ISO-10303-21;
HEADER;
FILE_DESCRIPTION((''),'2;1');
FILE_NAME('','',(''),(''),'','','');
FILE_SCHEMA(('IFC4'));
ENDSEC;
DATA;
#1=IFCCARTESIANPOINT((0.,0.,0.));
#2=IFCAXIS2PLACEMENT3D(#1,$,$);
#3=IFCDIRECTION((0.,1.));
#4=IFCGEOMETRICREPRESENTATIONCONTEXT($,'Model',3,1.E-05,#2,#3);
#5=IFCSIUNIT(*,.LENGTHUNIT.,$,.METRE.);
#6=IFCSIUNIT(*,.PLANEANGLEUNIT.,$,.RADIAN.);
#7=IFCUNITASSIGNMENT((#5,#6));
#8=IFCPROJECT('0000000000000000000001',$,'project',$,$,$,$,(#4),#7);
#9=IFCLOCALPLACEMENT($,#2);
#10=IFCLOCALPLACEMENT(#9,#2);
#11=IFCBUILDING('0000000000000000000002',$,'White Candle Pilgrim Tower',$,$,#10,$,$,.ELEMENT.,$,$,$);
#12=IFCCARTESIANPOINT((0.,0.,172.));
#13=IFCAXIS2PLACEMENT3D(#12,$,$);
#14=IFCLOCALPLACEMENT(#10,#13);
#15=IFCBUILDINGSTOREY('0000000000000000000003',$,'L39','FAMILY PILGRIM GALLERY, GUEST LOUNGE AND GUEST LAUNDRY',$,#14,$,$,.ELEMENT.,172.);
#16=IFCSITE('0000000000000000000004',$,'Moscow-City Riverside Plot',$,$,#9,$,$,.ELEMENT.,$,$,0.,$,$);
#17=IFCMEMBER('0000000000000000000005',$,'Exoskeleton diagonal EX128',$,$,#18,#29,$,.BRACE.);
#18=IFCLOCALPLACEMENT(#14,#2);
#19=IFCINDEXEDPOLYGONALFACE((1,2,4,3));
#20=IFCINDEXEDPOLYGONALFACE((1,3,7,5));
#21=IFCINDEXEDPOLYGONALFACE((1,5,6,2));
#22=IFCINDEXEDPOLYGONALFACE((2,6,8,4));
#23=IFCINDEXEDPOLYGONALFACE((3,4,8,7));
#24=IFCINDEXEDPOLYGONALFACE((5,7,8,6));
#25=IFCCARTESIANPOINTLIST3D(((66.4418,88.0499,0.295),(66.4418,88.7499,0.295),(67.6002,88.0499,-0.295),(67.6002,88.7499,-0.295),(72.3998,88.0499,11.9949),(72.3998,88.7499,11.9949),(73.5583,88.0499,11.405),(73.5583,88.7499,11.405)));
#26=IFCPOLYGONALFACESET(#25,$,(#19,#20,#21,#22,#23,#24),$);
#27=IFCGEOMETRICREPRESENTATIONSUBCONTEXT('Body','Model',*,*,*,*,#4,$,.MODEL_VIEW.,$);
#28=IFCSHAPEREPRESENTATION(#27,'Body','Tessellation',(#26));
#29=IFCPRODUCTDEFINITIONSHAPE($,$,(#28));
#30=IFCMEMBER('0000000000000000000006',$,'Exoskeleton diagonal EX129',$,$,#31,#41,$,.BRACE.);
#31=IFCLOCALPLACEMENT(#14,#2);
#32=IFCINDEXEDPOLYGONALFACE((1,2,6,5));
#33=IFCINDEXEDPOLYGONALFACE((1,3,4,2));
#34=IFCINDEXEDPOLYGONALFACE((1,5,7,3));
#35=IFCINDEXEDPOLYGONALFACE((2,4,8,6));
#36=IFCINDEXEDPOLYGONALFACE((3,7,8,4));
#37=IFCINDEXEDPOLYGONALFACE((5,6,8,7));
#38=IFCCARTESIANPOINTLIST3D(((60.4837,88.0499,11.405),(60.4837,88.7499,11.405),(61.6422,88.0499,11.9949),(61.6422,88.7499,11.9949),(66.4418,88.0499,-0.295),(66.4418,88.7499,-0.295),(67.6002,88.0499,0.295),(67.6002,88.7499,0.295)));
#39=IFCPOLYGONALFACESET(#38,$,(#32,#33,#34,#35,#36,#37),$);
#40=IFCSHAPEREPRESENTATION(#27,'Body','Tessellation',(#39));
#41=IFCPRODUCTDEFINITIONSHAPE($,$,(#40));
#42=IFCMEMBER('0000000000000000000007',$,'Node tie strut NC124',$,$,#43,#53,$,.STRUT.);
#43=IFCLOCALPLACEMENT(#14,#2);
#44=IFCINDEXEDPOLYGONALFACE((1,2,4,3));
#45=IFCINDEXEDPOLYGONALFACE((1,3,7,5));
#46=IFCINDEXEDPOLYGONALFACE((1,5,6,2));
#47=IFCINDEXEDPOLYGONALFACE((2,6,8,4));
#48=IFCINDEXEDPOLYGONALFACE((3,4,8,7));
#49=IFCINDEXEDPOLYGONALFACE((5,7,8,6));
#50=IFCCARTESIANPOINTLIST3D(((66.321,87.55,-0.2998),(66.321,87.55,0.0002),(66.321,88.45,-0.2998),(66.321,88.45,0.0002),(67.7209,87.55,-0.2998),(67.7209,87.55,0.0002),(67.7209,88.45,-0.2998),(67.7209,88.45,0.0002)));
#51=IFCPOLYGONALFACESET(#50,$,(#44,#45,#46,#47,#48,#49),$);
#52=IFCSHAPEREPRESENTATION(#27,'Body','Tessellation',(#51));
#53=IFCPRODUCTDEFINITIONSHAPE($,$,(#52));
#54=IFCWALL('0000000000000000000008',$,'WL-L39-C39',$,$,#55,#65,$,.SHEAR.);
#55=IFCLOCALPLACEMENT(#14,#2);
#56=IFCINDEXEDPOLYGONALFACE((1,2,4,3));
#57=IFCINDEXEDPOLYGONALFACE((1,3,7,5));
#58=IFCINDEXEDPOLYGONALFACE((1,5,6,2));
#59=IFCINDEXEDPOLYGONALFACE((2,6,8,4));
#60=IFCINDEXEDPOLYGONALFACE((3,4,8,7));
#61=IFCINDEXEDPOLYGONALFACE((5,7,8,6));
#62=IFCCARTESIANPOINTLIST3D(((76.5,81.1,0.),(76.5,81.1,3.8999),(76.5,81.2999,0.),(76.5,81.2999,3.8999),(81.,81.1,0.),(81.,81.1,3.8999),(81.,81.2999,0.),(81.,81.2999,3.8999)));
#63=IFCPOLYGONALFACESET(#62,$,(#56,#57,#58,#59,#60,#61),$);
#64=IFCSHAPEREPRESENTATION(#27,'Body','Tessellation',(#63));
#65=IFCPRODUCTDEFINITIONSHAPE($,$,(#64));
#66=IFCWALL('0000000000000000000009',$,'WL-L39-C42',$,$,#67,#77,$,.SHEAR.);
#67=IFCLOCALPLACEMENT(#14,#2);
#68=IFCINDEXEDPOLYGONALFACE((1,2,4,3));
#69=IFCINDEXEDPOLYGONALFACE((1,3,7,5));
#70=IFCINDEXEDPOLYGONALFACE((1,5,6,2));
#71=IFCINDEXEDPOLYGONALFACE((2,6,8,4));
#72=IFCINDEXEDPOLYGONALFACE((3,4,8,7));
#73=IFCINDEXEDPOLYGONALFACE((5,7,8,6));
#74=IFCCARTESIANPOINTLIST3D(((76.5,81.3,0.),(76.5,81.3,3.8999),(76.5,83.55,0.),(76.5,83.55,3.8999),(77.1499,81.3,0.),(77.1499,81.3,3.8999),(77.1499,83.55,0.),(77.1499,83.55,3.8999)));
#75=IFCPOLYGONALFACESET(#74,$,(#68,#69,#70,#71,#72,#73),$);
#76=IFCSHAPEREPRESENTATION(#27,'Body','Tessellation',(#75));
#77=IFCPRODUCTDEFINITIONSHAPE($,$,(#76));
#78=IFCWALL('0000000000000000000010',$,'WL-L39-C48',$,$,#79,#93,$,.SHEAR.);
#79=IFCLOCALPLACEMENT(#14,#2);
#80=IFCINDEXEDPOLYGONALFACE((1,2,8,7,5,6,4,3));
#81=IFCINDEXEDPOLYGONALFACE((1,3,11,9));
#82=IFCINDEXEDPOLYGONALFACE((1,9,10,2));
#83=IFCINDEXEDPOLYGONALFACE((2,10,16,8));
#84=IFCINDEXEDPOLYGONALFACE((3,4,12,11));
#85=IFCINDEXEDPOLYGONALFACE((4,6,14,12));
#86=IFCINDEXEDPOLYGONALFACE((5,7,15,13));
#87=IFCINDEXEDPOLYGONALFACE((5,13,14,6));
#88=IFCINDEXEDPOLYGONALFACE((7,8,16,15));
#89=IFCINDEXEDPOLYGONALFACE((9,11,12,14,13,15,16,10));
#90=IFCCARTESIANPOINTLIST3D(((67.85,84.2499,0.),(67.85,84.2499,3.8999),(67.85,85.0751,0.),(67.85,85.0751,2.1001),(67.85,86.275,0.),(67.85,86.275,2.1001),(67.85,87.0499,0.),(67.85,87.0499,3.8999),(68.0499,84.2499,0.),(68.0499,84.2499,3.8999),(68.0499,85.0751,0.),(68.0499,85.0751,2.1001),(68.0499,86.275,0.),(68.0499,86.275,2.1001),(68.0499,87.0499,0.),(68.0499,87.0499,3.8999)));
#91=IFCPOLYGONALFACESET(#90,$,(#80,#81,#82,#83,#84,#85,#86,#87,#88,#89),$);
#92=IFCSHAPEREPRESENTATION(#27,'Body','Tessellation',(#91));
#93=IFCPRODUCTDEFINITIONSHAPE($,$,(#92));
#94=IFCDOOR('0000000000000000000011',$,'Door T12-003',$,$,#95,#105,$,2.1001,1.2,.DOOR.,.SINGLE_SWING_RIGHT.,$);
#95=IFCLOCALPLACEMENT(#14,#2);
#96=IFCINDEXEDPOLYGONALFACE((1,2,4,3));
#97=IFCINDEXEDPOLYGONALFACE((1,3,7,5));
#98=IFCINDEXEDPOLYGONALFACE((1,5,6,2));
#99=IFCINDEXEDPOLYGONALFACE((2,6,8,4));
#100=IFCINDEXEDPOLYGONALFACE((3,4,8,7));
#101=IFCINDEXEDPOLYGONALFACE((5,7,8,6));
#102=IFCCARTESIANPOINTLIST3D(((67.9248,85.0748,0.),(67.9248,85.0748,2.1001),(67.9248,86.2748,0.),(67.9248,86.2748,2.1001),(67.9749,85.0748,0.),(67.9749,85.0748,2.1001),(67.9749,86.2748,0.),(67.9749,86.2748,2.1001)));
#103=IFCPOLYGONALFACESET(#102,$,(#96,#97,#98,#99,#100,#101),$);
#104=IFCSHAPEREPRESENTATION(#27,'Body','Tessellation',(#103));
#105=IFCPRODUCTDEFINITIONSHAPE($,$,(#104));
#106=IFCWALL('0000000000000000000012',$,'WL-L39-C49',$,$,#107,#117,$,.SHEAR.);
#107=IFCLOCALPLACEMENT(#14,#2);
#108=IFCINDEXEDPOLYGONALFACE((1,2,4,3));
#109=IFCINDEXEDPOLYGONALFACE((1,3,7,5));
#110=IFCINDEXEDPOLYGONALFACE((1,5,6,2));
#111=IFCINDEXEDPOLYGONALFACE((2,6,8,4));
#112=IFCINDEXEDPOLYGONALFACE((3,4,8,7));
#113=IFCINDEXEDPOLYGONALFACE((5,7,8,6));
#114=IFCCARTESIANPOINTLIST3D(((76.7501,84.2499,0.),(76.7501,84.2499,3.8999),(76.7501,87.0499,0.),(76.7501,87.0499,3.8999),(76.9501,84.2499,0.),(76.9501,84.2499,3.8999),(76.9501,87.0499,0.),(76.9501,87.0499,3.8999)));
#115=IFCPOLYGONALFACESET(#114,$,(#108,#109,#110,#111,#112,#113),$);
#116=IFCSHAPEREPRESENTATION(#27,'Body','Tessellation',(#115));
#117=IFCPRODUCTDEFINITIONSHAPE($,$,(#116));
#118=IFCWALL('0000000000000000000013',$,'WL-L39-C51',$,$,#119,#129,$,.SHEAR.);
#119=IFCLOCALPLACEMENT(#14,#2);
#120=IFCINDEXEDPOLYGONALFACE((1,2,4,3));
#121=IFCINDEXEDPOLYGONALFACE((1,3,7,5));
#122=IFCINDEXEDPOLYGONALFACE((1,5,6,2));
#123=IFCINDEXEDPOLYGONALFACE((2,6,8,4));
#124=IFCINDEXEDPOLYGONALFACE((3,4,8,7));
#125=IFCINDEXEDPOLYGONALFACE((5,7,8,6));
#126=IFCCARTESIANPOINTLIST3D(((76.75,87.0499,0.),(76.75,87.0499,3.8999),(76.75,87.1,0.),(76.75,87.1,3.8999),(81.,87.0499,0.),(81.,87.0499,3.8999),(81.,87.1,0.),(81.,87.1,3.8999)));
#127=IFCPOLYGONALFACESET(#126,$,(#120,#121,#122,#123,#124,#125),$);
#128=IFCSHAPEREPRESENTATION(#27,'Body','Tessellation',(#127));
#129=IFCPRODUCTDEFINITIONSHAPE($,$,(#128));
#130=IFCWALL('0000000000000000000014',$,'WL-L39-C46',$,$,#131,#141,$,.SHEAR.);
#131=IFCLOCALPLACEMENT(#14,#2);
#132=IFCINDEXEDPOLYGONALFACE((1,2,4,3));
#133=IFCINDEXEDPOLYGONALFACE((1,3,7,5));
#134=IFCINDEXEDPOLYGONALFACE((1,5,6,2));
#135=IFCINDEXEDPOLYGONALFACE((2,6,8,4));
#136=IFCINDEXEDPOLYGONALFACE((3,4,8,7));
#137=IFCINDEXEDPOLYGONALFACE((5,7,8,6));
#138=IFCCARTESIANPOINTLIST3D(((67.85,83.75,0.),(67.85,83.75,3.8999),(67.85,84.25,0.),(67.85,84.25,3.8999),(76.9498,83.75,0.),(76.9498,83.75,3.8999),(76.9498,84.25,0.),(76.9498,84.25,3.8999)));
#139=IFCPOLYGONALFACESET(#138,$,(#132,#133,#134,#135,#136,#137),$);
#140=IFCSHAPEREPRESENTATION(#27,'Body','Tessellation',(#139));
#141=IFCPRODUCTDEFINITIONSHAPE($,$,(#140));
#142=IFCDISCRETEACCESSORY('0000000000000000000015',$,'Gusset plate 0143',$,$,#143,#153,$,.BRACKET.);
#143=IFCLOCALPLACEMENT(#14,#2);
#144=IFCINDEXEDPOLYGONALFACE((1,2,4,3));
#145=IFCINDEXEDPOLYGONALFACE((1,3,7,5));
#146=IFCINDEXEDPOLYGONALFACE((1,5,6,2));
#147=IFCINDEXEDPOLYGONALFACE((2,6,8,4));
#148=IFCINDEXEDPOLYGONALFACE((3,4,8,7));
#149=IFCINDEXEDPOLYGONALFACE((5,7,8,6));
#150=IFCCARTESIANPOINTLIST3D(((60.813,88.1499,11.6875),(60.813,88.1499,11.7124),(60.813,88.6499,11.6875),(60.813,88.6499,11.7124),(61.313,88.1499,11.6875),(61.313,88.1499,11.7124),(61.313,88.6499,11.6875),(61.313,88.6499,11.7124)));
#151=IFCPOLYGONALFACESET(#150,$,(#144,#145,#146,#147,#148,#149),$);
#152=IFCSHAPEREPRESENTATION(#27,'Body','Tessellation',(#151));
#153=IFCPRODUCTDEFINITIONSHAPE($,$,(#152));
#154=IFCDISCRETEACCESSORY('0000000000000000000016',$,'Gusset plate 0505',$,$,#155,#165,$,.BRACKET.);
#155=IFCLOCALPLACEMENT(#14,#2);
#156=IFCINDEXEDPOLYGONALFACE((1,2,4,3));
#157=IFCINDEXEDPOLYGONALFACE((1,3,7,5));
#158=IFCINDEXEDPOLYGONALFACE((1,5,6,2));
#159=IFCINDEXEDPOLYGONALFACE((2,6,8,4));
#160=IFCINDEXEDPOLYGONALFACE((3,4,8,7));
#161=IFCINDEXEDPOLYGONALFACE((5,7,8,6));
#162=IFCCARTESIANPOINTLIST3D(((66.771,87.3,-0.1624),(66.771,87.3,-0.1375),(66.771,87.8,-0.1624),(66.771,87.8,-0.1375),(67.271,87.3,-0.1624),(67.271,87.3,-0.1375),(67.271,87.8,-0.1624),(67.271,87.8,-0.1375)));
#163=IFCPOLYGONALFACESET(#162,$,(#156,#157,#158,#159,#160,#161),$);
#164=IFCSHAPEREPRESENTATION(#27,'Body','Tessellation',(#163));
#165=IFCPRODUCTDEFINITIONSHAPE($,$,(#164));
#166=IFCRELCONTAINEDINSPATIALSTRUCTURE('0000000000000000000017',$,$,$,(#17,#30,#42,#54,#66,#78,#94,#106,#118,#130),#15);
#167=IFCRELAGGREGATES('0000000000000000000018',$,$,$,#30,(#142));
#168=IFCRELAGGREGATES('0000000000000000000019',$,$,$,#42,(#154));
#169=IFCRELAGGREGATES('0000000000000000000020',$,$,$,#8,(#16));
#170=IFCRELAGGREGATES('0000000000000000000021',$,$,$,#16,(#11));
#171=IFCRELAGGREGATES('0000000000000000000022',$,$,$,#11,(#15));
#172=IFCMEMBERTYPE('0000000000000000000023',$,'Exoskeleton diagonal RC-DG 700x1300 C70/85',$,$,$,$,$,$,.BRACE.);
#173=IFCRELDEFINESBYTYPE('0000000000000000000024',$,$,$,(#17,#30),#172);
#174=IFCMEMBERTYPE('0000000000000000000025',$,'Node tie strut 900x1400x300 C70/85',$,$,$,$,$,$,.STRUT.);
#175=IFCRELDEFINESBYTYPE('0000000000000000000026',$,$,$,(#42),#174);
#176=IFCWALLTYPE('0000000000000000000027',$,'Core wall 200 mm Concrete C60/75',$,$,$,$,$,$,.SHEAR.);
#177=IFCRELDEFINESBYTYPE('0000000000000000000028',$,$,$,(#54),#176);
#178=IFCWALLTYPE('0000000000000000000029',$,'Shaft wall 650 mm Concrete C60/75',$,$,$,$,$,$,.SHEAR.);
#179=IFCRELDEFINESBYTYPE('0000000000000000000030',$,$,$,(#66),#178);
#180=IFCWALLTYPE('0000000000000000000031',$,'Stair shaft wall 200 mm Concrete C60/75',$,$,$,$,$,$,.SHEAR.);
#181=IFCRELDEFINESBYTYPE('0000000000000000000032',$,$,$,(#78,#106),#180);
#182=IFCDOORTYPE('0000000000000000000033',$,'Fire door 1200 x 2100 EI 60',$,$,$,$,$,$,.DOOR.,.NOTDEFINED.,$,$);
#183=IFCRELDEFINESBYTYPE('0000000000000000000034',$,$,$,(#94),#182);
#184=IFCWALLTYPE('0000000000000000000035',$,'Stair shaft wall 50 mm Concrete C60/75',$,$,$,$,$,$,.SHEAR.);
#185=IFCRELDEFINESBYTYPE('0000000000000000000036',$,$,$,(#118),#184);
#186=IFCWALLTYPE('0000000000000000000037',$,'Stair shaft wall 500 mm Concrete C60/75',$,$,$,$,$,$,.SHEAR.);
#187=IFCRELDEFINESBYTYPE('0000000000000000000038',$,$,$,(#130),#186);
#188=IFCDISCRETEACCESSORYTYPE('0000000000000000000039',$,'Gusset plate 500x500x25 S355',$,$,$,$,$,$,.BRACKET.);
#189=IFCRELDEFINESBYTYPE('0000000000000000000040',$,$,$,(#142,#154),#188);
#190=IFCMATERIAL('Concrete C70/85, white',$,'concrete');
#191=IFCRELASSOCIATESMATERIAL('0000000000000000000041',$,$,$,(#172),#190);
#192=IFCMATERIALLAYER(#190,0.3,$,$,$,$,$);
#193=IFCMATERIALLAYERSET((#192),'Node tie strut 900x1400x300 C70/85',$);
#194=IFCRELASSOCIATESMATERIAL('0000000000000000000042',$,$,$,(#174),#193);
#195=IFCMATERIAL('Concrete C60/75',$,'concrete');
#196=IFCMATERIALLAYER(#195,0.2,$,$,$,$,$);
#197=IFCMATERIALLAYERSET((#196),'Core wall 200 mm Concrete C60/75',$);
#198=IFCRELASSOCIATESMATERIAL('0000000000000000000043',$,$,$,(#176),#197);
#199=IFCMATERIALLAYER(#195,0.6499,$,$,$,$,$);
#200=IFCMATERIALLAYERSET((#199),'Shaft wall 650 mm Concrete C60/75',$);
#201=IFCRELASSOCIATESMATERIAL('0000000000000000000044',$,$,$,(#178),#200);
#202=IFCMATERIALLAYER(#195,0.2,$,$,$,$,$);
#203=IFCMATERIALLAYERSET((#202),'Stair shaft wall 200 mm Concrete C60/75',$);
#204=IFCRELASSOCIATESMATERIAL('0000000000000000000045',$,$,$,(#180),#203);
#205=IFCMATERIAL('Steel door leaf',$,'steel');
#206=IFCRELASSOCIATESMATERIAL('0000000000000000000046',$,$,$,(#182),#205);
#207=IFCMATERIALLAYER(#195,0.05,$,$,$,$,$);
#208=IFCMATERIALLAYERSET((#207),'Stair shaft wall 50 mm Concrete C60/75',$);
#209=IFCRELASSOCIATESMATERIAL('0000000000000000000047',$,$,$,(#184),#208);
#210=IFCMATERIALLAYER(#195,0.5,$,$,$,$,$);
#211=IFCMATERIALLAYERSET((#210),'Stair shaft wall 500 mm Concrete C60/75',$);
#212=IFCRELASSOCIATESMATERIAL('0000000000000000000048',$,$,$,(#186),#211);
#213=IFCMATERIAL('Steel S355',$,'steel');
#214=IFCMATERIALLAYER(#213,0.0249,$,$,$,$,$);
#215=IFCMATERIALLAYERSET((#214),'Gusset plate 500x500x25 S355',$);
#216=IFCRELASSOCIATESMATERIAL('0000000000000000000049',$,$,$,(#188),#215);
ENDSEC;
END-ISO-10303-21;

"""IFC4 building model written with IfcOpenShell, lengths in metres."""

from ifc_helpers import new_model, si_unit, direction, frame, frame_2d, origin, origin_2d, place, context, subcontext, project, spatial, rectangle, extrude, material, layer, layer_set, material_profile, profile_set, type_object, element, fill, aggregate, save


model = new_model("IFC4")

# Units and contexts
model_context = context("Model", 3, precision=1e-05, world=origin(), true_north=direction((0.0, 1.0)))
body_context = subcontext(model_context, "Body", "Model", "MODEL_VIEW")
ifc_project = project(units=[si_unit("LENGTHUNIT", "METRE"), si_unit("PLANEANGLEUNIT", "RADIAN")], contexts=[model_context])

# Site, building, storey
site_placement = place(None, origin())
site = spatial("IfcSite", under=ifc_project, at=site_placement, Name="Moscow-City Riverside Plot", CompositionType="ELEMENT", RefElevation=0.0)
building_placement = place(site_placement, origin())
building = spatial("IfcBuilding", under=site, at=building_placement, Name="White Candle Pilgrim Tower", CompositionType="ELEMENT")
storey_placement = place(building_placement, frame((0.0, 0.0, 172.0)))
storey = spatial("IfcBuildingStorey", under=building, at=storey_placement, Name="L39", Description="FAMILY PILGRIM GALLERY, GUEST LOUNGE AND GUEST LAUNDRY", CompositionType="ELEMENT", Elevation=172.0)

# Members
ifc_material_1 = material(Name="Concrete C70/85, white", Category="concrete")
ifc_material_profile = material_profile(ifc_material_1, rectangle(XDim=0.7, YDim=1.3, at=origin_2d()), Name="RC-DG 700x1300")
ifc_profile_set = profile_set([ifc_material_profile], Name="Concrete C70/85, white")
member_type_1 = type_object("IfcMemberType", Name="Exoskeleton diagonal RC-DG 700x1300 C70/85", PredefinedType="BRACE", material=ifc_profile_set)
member_1_placement = place(storey_placement, frame((67.021, 88.3999, 0.0), z_axis=(0.453784, 0.0, 0.891112), x_axis=(0.0, 1.0, 0.0)))
element("IfcMember", 1, at=member_1_placement, inside=storey, type_object=member_type_1, Name="Exoskeleton diagonal EX128", PredefinedType="BRACE", context=body_context, shape_type="SweptSolid", body=[
    extrude(rectangle(XDim=0.7, YDim=1.3, at=origin_2d()), origin(), (0.0, 0.0, 1.0), 13.1296),
])
member_2_placement = place(storey_placement, frame((67.021, 88.3999, 0.0), z_axis=(-0.453784, 0.0, 0.891112), x_axis=(0.0, -1.0, 0.0)))
member_2 = element("IfcMember", 2, at=member_2_placement, inside=storey, type_object=member_type_1, Name="Exoskeleton diagonal EX129", PredefinedType="BRACE", context=body_context, shape_type="SweptSolid", body=[
    extrude(rectangle(XDim=0.7, YDim=1.3, at=origin_2d()), origin(), (0.0, 0.0, 1.0), 13.1296),
])
ifc_layer_1 = layer(ifc_material_1, 0.3)
ifc_layer_set_1 = layer_set([ifc_layer_1], Name="Node tie strut 900x1400x300 C70/85")
member_type_2 = type_object("IfcMemberType", Name="Node tie strut 900x1400x300 C70/85", PredefinedType="STRUT", material=ifc_layer_set_1)
member_3_placement = place(storey_placement, frame((67.021, 88.0, -0.2998), z_axis=(0.0, 0.0, 1.0), x_axis=(-1.0, 0.0, 0.0)))
member_3 = element("IfcMember", 3, at=member_3_placement, inside=storey, type_object=member_type_2, Name="Node tie strut NC124", PredefinedType="STRUT", context=body_context, shape_type="SweptSolid", body=[
    extrude(rectangle(XDim=1.3999, YDim=0.8999, at=origin_2d()), origin(), (0.0, 0.0, 1.0), 0.3),
])

# Walls
ifc_material_2 = material(Name="Concrete C60/75", Category="concrete")
ifc_layer_2 = layer(ifc_material_2, 0.2)
ifc_layer_set_2 = layer_set([ifc_layer_2], Name="Core wall 200 mm Concrete C60/75")
wall_type_1 = type_object("IfcWallType", Name="Core wall 200 mm Concrete C60/75", PredefinedType="SHEAR", material=ifc_layer_set_2)
wall_1_placement = place(storey_placement, frame((76.5, 81.2, 0.0), z_axis=(0.0, 0.0, 1.0), x_axis=(1.0, 0.0, 0.0)))
element("IfcWall", 4, at=wall_1_placement, inside=storey, type_object=wall_type_1, Name="WL-L39-C39", PredefinedType="SHEAR", context=body_context, shape_type="SweptSolid", body=[
    extrude(rectangle(XDim=4.5, YDim=0.2, at=frame_2d((2.25, 0.0))), origin(), (0.0, 0.0, 1.0), 3.8999),
])
ifc_layer_3 = layer(ifc_material_2, 0.6499)
ifc_layer_set_3 = layer_set([ifc_layer_3], Name="Shaft wall 650 mm Concrete C60/75")
wall_type_2 = type_object("IfcWallType", Name="Shaft wall 650 mm Concrete C60/75", PredefinedType="SHEAR", material=ifc_layer_set_3)
wall_2_placement = place(storey_placement, frame((76.825, 81.3, 0.0), z_axis=(0.0, 0.0, 1.0), x_axis=(0.0, 1.0, 0.0)))
element("IfcWall", 5, at=wall_2_placement, inside=storey, type_object=wall_type_2, Name="WL-L39-C42", PredefinedType="SHEAR", context=body_context, shape_type="SweptSolid", body=[
    extrude(rectangle(XDim=2.25, YDim=0.6499, at=frame_2d((1.125, 0.0))), origin(), (0.0, 0.0, 1.0), 3.8999),
])

# Wall, opening, door
ifc_layer_4 = layer(ifc_material_2, 0.2)
ifc_layer_set_4 = layer_set([ifc_layer_4], Name="Stair shaft wall 200 mm Concrete C60/75")
wall_type_3 = type_object("IfcWallType", Name="Stair shaft wall 200 mm Concrete C60/75", PredefinedType="SHEAR", material=ifc_layer_set_4)
wall_3_placement = place(storey_placement, frame((67.95, 84.25, 0.0), z_axis=(0.0, 0.0, 1.0), x_axis=(0.0, 1.0, 0.0)))
wall_3 = element("IfcWall", 6, at=wall_3_placement, inside=storey, type_object=wall_type_3, Name="WL-L39-C48", PredefinedType="SHEAR", context=body_context, shape_type="SweptSolid", body=[
    extrude(rectangle(XDim=2.8, YDim=0.2, at=frame_2d((1.3999, 0.0))), origin(), (0.0, 0.0, 1.0), 3.8999),
])
opening_placement = place(wall_3_placement, frame((0.825, 0.0, 0.0)))
opening = element("IfcOpeningElement", 7, at=opening_placement, cuts=wall_3, PredefinedType="OPENING", context=body_context, shape_type="SweptSolid", body=[
    extrude(rectangle(XDim=1.2, YDim=2.1001, at=frame_2d((0.6001, 1.05))), frame((0.0, 0.1099, 0.0), z_axis=(0.0, -1.0, 0.0), x_axis=(1.0, 0.0, 0.0)), (0.0, 0.0, 1.0), 0.22),
])
ifc_material_3 = material(Name="Steel door leaf", Category="steel")
door_type = type_object("IfcDoorType", Name="Fire door 1200 x 2100 EI 60", OperationType="NOTDEFINED", PredefinedType="DOOR", material=ifc_material_3)
door_placement = place(opening_placement, frame((1.2, 0.0, 0.0), z_axis=(0.0, 0.0, 1.0), x_axis=(-1.0, 0.0, 0.0)))
door = element("IfcDoor", 8, at=door_placement, inside=storey, type_object=door_type, Name="Door T12-003", OperationType="SINGLE_SWING_RIGHT", OverallHeight=2.1001, OverallWidth=1.2, PredefinedType="DOOR", context=body_context, shape_type="SweptSolid", body=[
    extrude(rectangle(XDim=1.2, YDim=2.1001, at=frame_2d((0.6001, 1.05))), frame((0.0, 0.0249, 0.0), z_axis=(0.0, -1.0, 0.0), x_axis=(1.0, 0.0, 0.0)), (0.0, 0.0, 1.0), 0.05),
])
fill(opening, door)

# Walls
wall_4_placement = place(storey_placement, frame((76.8501, 84.25, 0.0), z_axis=(0.0, 0.0, 1.0), x_axis=(0.0, 1.0, 0.0)))
element("IfcWall", 9, at=wall_4_placement, inside=storey, type_object=wall_type_3, Name="WL-L39-C49", PredefinedType="SHEAR", context=body_context, shape_type="SweptSolid", body=[
    extrude(rectangle(XDim=2.8, YDim=0.2, at=frame_2d((1.3999, 0.0))), origin(), (0.0, 0.0, 1.0), 3.8999),
])
ifc_layer_5 = layer(ifc_material_2, 0.05)
ifc_layer_set_5 = layer_set([ifc_layer_5], Name="Stair shaft wall 50 mm Concrete C60/75")
wall_type_4 = type_object("IfcWallType", Name="Stair shaft wall 50 mm Concrete C60/75", PredefinedType="SHEAR", material=ifc_layer_set_5)
wall_5_placement = place(storey_placement, frame((76.75, 87.075, 0.0), z_axis=(0.0, 0.0, 1.0), x_axis=(1.0, 0.0, 0.0)))
element("IfcWall", 10, at=wall_5_placement, inside=storey, type_object=wall_type_4, Name="WL-L39-C51", PredefinedType="SHEAR", context=body_context, shape_type="SweptSolid", body=[
    extrude(rectangle(XDim=4.25, YDim=0.05, at=frame_2d((2.125, 0.0))), origin(), (0.0, 0.0, 1.0), 3.8999),
])
ifc_layer_6 = layer(ifc_material_2, 0.5)
ifc_layer_set_6 = layer_set([ifc_layer_6], Name="Stair shaft wall 500 mm Concrete C60/75")
wall_type_5 = type_object("IfcWallType", Name="Stair shaft wall 500 mm Concrete C60/75", PredefinedType="SHEAR", material=ifc_layer_set_6)
wall_6_placement = place(storey_placement, frame((67.8501, 84.0, 0.0), z_axis=(0.0, 0.0, 1.0), x_axis=(1.0, 0.0, 0.0)))
element("IfcWall", 11, at=wall_6_placement, inside=storey, type_object=wall_type_5, Name="WL-L39-C46", PredefinedType="SHEAR", context=body_context, shape_type="SweptSolid", body=[
    extrude(rectangle(XDim=9.0999, YDim=0.5, at=frame_2d((4.5498, 0.0))), origin(), (0.0, 0.0, 1.0), 3.8999),
])

# Discrete accessories
ifc_material_4 = material(Name="Steel S355", Category="steel")
ifc_layer_7 = layer(ifc_material_4, 0.0249)
ifc_layer_set_7 = layer_set([ifc_layer_7], Name="Gusset plate 500x500x25 S355")
discrete_accessory_type = type_object("IfcDiscreteAccessoryType", Name="Gusset plate 500x500x25 S355", PredefinedType="BRACKET", material=ifc_layer_set_7)
placement = place(building_placement, frame((0.0, 0.0, 183.7)))
discrete_accessory_1_placement = place(placement, frame((61.063, 88.3999, -0.0125), z_axis=(0.0, 0.0, 1.0), x_axis=(1.0, 0.0, 0.0)))
discrete_accessory_1 = element("IfcDiscreteAccessory", 12, at=discrete_accessory_1_placement, type_object=discrete_accessory_type, Name="Gusset plate 0143", PredefinedType="BRACKET", context=body_context, shape_type="SweptSolid", body=[
    extrude(rectangle(XDim=0.5, YDim=0.5, at=origin_2d()), origin(), (0.0, 0.0, 1.0), 0.0249),
])
aggregate(member_2, [discrete_accessory_1])
discrete_accessory_2_placement = place(storey_placement, frame((67.021, 87.55, -0.1624), z_axis=(0.0, 0.0, 1.0), x_axis=(1.0, 0.0, 0.0)))
discrete_accessory_2 = element("IfcDiscreteAccessory", 13, at=discrete_accessory_2_placement, type_object=discrete_accessory_type, Name="Gusset plate 0505", PredefinedType="BRACKET", context=body_context, shape_type="SweptSolid", body=[
    extrude(rectangle(XDim=0.5, YDim=0.5, at=origin_2d()), origin(), (0.0, 0.0, 1.0), 0.0249),
])
aggregate(member_3, [discrete_accessory_2])

save(model, "model.ifc")
